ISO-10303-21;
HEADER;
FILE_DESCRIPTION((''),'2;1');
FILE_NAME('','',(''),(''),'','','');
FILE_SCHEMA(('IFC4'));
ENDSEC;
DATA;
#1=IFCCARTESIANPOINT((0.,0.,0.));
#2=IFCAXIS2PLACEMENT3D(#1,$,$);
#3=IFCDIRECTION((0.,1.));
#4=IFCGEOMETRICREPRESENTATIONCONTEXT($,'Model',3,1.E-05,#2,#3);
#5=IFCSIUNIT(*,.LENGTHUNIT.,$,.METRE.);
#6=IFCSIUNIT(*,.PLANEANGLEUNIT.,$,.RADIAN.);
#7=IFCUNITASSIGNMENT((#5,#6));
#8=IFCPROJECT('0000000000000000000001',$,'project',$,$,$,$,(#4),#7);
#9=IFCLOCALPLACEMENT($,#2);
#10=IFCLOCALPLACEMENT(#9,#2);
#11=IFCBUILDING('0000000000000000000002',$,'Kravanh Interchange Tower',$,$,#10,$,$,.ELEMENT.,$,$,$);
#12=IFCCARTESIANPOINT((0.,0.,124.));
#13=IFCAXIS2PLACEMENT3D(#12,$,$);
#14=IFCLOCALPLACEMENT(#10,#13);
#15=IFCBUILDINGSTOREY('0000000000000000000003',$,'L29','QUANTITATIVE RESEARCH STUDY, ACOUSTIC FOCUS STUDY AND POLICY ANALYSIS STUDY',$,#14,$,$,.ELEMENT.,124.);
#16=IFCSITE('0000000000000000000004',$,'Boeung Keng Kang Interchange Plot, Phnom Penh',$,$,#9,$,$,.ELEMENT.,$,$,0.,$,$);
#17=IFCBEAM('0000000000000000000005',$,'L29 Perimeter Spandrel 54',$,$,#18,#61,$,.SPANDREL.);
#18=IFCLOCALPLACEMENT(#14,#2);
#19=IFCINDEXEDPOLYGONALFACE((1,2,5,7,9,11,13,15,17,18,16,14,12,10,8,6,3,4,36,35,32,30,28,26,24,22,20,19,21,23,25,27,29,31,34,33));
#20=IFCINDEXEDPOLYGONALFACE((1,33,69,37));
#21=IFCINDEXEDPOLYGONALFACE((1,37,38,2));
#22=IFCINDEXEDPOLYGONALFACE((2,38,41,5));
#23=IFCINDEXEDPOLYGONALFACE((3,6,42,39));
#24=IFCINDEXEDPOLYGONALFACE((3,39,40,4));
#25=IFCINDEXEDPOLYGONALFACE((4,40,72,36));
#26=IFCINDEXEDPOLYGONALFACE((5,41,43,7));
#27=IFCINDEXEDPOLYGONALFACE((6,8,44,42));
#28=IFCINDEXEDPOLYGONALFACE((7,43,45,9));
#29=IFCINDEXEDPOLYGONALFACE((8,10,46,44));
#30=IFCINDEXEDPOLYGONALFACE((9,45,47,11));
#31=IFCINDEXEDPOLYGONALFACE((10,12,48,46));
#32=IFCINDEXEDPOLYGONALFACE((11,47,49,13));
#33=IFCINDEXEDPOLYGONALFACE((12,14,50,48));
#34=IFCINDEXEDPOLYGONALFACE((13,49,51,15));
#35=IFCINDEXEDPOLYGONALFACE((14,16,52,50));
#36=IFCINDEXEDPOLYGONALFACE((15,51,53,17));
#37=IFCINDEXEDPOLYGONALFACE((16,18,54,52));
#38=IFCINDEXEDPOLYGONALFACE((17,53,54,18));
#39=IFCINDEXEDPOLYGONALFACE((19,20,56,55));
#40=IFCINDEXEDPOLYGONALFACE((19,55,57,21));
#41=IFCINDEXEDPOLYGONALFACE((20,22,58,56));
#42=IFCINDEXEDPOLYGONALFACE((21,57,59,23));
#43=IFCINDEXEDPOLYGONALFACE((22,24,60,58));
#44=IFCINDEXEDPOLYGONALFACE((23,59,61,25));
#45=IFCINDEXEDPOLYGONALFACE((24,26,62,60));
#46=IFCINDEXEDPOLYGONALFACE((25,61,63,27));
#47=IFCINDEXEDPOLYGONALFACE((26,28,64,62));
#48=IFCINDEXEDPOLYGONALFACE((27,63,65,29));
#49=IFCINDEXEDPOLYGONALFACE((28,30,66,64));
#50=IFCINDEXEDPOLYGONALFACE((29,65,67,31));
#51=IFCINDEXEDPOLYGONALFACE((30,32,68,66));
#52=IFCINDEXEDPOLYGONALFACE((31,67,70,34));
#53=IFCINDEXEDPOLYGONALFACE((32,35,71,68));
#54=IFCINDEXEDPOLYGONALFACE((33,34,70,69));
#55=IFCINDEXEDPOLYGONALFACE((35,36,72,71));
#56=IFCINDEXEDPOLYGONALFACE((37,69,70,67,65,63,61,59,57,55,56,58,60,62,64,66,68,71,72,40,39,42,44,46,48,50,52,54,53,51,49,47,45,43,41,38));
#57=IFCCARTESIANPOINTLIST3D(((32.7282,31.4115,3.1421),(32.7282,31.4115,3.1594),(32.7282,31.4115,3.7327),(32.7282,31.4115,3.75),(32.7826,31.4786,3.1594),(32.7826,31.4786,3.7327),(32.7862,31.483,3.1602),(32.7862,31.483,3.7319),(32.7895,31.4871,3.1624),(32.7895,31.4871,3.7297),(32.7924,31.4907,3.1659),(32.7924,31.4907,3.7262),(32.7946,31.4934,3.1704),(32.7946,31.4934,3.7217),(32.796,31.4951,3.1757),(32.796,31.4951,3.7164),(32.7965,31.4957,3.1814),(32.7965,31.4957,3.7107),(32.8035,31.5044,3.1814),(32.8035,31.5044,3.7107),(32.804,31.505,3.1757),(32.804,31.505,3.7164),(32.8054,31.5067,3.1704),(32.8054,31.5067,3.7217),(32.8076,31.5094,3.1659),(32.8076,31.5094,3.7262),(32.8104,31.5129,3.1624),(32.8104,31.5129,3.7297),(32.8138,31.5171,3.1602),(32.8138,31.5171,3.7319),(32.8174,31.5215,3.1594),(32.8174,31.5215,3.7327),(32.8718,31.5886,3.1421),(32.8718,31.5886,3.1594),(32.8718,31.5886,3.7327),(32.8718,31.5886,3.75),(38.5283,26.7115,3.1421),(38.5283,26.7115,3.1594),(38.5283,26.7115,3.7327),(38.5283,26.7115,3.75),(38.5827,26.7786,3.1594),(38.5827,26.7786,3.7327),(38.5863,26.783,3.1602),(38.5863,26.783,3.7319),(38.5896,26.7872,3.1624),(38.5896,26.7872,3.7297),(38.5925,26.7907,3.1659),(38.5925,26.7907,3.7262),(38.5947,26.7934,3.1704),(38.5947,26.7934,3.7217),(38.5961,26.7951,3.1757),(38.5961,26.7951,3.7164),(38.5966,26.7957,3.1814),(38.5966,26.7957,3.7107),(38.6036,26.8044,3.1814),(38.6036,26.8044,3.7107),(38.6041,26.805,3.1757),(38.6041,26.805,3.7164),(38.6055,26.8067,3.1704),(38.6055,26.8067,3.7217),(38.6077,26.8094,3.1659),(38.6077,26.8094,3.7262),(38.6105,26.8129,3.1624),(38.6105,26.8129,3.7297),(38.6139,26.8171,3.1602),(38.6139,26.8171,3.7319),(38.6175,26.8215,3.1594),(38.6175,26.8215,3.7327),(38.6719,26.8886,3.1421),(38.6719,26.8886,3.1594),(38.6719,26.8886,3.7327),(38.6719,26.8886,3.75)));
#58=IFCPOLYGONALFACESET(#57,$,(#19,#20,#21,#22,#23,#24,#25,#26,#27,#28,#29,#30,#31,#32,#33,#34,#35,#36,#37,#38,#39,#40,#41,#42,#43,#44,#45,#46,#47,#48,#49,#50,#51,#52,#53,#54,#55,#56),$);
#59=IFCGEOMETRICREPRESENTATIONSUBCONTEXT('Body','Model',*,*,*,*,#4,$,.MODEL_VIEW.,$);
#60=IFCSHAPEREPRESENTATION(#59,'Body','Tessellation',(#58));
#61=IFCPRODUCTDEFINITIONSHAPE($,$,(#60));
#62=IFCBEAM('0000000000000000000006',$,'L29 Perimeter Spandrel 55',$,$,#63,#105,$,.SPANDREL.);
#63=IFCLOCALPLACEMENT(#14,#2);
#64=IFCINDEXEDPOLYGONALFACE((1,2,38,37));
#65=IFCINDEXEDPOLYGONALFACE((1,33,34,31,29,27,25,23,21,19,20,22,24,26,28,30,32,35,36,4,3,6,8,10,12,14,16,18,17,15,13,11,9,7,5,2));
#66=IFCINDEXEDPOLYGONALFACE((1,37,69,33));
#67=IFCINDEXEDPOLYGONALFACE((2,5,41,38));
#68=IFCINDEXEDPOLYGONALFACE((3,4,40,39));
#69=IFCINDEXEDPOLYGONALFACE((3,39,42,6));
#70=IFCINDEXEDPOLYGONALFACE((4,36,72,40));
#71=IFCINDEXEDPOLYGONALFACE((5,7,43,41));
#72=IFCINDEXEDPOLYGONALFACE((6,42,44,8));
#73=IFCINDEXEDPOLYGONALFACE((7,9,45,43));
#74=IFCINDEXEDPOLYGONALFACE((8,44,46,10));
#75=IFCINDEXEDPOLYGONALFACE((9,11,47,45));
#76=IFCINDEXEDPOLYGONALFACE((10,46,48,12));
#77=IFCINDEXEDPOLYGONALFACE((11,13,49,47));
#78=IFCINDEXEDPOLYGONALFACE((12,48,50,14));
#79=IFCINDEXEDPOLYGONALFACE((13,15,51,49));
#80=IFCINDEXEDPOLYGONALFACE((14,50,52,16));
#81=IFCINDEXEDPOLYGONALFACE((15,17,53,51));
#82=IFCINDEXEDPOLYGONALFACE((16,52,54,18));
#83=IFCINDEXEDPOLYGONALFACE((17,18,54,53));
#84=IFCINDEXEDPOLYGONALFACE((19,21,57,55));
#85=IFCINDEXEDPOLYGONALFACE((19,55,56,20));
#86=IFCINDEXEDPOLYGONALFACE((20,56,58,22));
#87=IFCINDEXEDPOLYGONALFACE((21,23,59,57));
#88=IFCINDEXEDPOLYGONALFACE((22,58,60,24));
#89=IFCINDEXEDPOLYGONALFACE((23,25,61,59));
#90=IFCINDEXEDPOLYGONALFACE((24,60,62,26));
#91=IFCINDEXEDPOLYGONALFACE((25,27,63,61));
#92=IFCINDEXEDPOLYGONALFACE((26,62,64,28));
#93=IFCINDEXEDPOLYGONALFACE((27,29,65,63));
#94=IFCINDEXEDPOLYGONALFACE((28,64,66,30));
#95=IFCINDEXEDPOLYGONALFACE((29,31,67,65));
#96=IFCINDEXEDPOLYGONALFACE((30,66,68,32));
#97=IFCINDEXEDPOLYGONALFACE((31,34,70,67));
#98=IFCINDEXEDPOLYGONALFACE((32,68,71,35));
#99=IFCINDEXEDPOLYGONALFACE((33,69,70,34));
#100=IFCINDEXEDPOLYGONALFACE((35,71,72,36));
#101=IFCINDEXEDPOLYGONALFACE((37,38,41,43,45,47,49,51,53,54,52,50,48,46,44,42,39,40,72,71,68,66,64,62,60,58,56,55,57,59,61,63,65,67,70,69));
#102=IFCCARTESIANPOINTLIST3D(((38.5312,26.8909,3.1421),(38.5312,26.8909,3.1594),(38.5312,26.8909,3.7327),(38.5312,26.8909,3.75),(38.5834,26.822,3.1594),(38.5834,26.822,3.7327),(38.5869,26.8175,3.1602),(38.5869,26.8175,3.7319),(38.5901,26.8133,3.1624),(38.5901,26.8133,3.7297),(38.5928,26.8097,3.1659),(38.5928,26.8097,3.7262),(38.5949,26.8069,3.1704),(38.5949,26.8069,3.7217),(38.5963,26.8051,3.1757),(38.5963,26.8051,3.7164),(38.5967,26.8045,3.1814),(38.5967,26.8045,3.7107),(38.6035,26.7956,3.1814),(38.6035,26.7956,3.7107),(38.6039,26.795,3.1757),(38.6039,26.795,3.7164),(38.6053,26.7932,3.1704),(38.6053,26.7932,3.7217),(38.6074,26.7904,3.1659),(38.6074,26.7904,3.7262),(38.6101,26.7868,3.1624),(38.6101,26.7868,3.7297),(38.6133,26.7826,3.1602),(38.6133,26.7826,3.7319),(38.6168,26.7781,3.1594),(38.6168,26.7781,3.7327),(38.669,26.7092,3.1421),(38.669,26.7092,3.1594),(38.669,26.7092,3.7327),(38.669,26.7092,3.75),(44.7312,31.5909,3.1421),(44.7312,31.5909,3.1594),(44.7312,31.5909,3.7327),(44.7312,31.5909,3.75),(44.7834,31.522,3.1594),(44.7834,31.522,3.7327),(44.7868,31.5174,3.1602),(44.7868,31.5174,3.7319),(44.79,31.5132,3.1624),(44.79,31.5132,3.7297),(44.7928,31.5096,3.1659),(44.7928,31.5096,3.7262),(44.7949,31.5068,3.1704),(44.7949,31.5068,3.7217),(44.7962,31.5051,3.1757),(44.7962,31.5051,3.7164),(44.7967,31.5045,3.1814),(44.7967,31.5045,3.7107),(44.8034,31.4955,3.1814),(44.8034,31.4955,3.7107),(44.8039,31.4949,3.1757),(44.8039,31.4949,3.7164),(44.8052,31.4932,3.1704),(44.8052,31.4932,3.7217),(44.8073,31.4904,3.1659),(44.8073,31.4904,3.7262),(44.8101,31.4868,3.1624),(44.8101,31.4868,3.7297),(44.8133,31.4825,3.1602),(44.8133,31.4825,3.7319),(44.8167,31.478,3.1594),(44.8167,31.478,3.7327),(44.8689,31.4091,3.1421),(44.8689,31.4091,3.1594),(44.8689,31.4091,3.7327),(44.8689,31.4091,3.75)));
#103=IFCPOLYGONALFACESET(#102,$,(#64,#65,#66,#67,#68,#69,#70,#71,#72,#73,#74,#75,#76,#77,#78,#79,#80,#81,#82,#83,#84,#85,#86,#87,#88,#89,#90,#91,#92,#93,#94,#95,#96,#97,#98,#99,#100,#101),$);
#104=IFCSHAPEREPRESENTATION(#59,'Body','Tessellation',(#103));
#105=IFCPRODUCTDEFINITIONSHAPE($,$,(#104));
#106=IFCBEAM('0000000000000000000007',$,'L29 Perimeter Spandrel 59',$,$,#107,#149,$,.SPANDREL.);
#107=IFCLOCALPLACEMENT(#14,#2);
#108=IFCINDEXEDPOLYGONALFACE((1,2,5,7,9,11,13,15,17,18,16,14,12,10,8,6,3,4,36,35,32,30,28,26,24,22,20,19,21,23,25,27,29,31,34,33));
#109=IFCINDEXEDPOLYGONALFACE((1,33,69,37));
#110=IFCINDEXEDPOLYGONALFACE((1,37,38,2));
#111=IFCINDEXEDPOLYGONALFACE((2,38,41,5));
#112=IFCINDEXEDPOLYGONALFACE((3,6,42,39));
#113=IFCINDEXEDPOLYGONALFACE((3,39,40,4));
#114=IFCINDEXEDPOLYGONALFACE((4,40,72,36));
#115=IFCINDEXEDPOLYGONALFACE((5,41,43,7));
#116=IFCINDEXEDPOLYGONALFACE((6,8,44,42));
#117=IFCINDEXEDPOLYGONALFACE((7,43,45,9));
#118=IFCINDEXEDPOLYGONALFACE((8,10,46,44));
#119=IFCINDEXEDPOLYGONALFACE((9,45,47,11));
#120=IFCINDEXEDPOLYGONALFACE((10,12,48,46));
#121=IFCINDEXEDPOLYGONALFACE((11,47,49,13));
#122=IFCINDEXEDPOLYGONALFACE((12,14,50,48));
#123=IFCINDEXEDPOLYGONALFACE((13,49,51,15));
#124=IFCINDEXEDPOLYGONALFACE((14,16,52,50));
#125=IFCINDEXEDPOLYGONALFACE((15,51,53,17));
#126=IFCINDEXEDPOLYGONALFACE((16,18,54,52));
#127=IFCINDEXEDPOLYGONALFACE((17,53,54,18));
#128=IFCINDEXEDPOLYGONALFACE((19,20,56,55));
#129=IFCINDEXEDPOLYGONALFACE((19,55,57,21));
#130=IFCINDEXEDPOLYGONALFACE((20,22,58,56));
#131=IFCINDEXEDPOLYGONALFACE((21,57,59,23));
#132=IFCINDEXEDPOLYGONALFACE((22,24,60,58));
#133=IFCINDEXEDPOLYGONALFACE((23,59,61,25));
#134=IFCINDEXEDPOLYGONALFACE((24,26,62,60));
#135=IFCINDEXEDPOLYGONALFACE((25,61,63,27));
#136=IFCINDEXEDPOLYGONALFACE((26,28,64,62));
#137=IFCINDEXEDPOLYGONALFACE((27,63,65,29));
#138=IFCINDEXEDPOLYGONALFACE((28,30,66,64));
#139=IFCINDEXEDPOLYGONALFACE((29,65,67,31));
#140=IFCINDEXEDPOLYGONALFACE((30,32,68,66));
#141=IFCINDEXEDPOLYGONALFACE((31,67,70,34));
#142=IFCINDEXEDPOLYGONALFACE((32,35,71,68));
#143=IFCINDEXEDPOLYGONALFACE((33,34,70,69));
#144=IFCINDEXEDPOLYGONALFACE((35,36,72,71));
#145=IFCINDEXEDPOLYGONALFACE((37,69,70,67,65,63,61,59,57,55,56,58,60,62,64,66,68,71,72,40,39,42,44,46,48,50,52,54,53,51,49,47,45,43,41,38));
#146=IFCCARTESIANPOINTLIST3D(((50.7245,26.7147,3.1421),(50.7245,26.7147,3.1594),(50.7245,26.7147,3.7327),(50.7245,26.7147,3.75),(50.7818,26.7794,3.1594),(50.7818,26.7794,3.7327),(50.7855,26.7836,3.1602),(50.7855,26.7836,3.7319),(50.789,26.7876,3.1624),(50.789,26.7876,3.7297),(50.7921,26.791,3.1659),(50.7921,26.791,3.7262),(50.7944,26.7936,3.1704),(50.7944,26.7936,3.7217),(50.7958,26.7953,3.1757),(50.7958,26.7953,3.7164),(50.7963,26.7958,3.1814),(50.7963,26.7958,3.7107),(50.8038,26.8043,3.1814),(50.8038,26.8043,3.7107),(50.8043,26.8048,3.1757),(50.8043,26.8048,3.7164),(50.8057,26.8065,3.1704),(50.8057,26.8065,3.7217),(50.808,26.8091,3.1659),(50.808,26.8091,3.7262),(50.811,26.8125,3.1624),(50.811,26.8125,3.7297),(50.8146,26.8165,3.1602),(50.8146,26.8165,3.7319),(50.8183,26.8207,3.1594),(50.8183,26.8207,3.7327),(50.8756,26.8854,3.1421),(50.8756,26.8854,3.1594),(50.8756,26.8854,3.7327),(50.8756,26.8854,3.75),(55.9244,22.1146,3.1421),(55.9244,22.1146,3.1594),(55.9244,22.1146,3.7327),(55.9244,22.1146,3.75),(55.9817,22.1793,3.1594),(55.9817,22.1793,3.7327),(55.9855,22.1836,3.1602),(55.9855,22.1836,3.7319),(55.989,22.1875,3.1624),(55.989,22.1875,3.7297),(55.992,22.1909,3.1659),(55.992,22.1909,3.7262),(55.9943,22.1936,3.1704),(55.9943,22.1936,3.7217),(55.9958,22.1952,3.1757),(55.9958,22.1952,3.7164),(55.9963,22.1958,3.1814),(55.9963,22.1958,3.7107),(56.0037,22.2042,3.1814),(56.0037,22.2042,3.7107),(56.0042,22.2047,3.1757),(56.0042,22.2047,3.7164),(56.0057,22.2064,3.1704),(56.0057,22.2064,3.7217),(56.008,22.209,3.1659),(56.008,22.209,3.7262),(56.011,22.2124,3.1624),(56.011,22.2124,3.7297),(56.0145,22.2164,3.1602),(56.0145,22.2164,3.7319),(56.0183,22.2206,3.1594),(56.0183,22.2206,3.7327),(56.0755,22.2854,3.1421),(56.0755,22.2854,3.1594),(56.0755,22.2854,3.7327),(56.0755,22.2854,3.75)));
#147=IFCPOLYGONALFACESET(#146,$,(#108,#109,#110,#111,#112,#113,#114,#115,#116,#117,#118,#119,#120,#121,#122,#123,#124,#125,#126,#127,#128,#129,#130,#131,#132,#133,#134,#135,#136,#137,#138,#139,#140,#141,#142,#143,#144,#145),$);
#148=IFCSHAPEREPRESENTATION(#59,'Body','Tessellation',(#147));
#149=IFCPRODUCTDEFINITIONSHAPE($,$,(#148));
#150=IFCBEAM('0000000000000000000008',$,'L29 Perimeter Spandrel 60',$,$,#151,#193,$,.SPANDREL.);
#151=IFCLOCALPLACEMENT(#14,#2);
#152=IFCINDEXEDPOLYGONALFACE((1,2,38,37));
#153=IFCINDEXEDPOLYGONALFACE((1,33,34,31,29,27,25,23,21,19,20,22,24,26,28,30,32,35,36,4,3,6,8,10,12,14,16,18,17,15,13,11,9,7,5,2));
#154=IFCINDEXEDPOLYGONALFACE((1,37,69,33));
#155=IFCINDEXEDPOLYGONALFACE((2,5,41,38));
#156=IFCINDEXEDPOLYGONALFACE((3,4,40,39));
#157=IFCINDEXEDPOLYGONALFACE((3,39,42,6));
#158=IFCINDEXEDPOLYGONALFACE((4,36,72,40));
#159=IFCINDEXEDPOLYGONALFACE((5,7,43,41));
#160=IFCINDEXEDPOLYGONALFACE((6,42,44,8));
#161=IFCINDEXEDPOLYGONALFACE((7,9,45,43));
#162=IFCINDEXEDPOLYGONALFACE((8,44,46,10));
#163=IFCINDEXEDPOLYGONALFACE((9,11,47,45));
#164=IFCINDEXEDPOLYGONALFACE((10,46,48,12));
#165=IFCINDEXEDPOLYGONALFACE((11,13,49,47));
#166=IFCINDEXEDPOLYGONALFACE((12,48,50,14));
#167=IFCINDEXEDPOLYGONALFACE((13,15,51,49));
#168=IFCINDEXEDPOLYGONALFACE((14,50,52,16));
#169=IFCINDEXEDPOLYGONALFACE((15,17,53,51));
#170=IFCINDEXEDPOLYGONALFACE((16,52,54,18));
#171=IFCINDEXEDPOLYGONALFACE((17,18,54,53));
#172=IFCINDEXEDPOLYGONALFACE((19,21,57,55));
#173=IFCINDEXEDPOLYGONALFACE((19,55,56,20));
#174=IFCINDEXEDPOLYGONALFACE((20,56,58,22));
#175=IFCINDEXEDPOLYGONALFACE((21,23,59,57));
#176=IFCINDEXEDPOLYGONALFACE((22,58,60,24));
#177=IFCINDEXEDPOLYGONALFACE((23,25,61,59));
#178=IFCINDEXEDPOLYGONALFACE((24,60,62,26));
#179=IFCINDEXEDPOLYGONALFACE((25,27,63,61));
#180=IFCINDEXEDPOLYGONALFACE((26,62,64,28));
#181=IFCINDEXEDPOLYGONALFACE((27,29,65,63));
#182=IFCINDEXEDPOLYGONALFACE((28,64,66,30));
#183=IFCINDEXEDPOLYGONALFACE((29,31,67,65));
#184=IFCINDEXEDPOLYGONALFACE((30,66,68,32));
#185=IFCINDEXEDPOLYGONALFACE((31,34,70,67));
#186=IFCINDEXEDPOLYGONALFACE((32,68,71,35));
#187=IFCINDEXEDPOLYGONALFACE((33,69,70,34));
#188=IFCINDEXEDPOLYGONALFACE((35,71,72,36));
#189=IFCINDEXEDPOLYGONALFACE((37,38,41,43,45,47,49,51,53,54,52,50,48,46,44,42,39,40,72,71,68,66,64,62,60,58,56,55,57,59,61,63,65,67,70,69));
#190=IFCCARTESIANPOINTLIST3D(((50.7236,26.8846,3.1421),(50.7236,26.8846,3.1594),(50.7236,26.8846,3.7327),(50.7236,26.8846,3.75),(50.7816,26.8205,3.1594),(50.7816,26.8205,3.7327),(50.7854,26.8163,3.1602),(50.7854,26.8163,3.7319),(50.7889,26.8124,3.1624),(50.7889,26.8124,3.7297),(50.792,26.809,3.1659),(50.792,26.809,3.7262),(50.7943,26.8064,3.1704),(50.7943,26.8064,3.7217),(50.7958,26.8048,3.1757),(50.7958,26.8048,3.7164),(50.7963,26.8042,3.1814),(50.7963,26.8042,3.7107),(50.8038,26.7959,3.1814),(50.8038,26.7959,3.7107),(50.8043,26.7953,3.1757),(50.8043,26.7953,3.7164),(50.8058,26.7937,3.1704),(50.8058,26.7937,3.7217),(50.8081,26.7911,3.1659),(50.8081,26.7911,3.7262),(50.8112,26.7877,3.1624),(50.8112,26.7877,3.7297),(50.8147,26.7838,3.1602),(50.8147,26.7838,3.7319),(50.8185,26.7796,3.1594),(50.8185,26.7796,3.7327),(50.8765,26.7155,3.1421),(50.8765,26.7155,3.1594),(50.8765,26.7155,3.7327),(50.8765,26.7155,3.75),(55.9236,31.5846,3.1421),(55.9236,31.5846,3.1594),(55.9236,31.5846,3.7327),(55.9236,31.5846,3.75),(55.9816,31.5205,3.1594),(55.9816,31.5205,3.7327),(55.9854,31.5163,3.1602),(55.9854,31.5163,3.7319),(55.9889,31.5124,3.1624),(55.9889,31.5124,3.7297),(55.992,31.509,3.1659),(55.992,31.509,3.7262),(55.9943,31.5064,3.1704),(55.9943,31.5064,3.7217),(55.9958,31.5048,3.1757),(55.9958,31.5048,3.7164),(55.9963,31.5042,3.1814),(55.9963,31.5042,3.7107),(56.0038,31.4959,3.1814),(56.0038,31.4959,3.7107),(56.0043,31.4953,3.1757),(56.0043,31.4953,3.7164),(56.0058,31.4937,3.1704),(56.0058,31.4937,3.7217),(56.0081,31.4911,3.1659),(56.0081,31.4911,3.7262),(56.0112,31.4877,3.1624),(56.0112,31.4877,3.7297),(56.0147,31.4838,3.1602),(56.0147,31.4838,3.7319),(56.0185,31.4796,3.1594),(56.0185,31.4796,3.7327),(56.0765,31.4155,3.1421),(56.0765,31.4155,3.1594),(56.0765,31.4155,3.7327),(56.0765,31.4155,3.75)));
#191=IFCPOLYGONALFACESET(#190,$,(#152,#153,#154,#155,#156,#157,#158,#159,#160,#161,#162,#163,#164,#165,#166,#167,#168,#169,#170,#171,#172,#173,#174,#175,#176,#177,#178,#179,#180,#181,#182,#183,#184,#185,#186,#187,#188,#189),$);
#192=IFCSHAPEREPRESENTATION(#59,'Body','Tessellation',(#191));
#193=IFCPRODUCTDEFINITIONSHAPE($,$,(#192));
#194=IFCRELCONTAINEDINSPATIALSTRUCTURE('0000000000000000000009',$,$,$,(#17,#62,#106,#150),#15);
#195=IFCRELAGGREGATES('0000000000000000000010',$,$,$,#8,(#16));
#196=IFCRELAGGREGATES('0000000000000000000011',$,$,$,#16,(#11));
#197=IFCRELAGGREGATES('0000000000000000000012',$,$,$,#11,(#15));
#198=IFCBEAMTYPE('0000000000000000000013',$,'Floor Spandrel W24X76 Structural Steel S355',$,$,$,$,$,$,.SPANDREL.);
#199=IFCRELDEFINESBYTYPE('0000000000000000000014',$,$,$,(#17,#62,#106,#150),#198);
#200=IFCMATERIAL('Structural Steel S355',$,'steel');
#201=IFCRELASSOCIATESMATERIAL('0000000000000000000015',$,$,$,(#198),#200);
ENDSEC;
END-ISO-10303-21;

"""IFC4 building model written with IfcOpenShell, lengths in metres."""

from ifc_helpers import new_model, si_unit, direction, frame, origin, origin_2d, place, context, subcontext, project, spatial, i_section, extrude, material, material_profile, profile_set, type_object, element, save


model = new_model("IFC4")

# Units and contexts
model_context = context("Model", 3, precision=1e-05, world=origin(), true_north=direction((0.0, 1.0)))
body_context = subcontext(model_context, "Body", "Model", "MODEL_VIEW")
ifc_project = project(units=[si_unit("LENGTHUNIT", "METRE"), si_unit("PLANEANGLEUNIT", "RADIAN")], contexts=[model_context])

# Site, building, storey
site_placement = place(None, origin())
site = spatial("IfcSite", under=ifc_project, at=site_placement, Name="Boeung Keng Kang Interchange Plot, Phnom Penh", CompositionType="ELEMENT", RefElevation=0.0)
building_placement = place(site_placement, origin())
building = spatial("IfcBuilding", under=site, at=building_placement, Name="Kravanh Interchange Tower", CompositionType="ELEMENT")
storey_placement = place(building_placement, frame((0.0, 0.0, 124.0)))
storey = spatial("IfcBuildingStorey", under=building, at=storey_placement, Name="L29", Description="QUANTITATIVE RESEARCH STUDY, ACOUSTIC FOCUS STUDY AND POLICY ANALYSIS STUDY", CompositionType="ELEMENT", Elevation=124.0)

# Beams
ifc_material_1 = material(Name="Structural Steel S355", Category="steel")
ifc_material_profile_1 = material_profile(ifc_material_1, i_section(OverallWidth=0.228, OverallDepth=0.6079, WebThickness=0.0112, FlangeThickness=0.0173, FilletRadius=0.022, at=origin_2d()), Name="W24X76")
ifc_profile_set_1 = profile_set([ifc_material_profile_1], Name="Structural Steel S355")
beam_type_1 = type_object("IfcBeamType", Name="Floor Spandrel W24X76 Structural Steel S355", PredefinedType="SPANDREL", material=ifc_profile_set_1)
beam_1_placement = place(storey_placement, frame((38.6001, 26.8, 3.446), z_axis=(-0.776939, 0.629576, 0.0), x_axis=(-0.629576, -0.776939, 0.0)))
element("IfcBeam", 1, at=beam_1_placement, inside=storey, type_object=beam_type_1, Name="L29 Perimeter Spandrel 54", PredefinedType="SPANDREL", context=body_context, shape_type="SweptSolid", body=[
    extrude(i_section(OverallWidth=0.228, OverallDepth=0.6079, WebThickness=0.0112, FlangeThickness=0.0173, FilletRadius=0.022, at=origin_2d()), origin(), (0.0, 0.0, 1.0), 7.4653),
])
beam_2_placement = place(storey_placement, frame((38.6001, 26.8, 3.446), z_axis=(0.796905, 0.604104, 0.0), x_axis=(-0.604104, 0.796905, 0.0)))
element("IfcBeam", 2, at=beam_2_placement, inside=storey, type_object=beam_type_1, Name="L29 Perimeter Spandrel 55", PredefinedType="SPANDREL", context=body_context, shape_type="SweptSolid", body=[
    extrude(i_section(OverallWidth=0.228, OverallDepth=0.6079, WebThickness=0.0112, FlangeThickness=0.0173, FilletRadius=0.022, at=origin_2d()), origin(), (0.0, 0.0, 1.0), 7.78),
])
beam_3_placement = place(storey_placement, frame((50.8, 26.8, 3.446), z_axis=(0.748986, -0.662585, 0.0), x_axis=(0.662585, 0.748986, 0.0)))
element("IfcBeam", 3, at=beam_3_placement, inside=storey, type_object=beam_type_1, Name="L29 Perimeter Spandrel 59", PredefinedType="SPANDREL", context=body_context, shape_type="SweptSolid", body=[
    extrude(i_section(OverallWidth=0.228, OverallDepth=0.6079, WebThickness=0.0112, FlangeThickness=0.0173, FilletRadius=0.022, at=origin_2d()), origin(), (0.0, 0.0, 1.0), 6.9426),
])
beam_4_placement = place(storey_placement, frame((50.8, 26.8, 3.446), z_axis=(0.741874, 0.670539, 0.0), x_axis=(-0.670539, 0.741874, 0.0)))
element("IfcBeam", 4, at=beam_4_placement, inside=storey, type_object=beam_type_1, Name="L29 Perimeter Spandrel 60", PredefinedType="SPANDREL", context=body_context, shape_type="SweptSolid", body=[
    extrude(i_section(OverallWidth=0.228, OverallDepth=0.6079, WebThickness=0.0112, FlangeThickness=0.0173, FilletRadius=0.022, at=origin_2d()), origin(), (0.0, 0.0, 1.0), 7.0093),
])

save(model, "model.ifc")
